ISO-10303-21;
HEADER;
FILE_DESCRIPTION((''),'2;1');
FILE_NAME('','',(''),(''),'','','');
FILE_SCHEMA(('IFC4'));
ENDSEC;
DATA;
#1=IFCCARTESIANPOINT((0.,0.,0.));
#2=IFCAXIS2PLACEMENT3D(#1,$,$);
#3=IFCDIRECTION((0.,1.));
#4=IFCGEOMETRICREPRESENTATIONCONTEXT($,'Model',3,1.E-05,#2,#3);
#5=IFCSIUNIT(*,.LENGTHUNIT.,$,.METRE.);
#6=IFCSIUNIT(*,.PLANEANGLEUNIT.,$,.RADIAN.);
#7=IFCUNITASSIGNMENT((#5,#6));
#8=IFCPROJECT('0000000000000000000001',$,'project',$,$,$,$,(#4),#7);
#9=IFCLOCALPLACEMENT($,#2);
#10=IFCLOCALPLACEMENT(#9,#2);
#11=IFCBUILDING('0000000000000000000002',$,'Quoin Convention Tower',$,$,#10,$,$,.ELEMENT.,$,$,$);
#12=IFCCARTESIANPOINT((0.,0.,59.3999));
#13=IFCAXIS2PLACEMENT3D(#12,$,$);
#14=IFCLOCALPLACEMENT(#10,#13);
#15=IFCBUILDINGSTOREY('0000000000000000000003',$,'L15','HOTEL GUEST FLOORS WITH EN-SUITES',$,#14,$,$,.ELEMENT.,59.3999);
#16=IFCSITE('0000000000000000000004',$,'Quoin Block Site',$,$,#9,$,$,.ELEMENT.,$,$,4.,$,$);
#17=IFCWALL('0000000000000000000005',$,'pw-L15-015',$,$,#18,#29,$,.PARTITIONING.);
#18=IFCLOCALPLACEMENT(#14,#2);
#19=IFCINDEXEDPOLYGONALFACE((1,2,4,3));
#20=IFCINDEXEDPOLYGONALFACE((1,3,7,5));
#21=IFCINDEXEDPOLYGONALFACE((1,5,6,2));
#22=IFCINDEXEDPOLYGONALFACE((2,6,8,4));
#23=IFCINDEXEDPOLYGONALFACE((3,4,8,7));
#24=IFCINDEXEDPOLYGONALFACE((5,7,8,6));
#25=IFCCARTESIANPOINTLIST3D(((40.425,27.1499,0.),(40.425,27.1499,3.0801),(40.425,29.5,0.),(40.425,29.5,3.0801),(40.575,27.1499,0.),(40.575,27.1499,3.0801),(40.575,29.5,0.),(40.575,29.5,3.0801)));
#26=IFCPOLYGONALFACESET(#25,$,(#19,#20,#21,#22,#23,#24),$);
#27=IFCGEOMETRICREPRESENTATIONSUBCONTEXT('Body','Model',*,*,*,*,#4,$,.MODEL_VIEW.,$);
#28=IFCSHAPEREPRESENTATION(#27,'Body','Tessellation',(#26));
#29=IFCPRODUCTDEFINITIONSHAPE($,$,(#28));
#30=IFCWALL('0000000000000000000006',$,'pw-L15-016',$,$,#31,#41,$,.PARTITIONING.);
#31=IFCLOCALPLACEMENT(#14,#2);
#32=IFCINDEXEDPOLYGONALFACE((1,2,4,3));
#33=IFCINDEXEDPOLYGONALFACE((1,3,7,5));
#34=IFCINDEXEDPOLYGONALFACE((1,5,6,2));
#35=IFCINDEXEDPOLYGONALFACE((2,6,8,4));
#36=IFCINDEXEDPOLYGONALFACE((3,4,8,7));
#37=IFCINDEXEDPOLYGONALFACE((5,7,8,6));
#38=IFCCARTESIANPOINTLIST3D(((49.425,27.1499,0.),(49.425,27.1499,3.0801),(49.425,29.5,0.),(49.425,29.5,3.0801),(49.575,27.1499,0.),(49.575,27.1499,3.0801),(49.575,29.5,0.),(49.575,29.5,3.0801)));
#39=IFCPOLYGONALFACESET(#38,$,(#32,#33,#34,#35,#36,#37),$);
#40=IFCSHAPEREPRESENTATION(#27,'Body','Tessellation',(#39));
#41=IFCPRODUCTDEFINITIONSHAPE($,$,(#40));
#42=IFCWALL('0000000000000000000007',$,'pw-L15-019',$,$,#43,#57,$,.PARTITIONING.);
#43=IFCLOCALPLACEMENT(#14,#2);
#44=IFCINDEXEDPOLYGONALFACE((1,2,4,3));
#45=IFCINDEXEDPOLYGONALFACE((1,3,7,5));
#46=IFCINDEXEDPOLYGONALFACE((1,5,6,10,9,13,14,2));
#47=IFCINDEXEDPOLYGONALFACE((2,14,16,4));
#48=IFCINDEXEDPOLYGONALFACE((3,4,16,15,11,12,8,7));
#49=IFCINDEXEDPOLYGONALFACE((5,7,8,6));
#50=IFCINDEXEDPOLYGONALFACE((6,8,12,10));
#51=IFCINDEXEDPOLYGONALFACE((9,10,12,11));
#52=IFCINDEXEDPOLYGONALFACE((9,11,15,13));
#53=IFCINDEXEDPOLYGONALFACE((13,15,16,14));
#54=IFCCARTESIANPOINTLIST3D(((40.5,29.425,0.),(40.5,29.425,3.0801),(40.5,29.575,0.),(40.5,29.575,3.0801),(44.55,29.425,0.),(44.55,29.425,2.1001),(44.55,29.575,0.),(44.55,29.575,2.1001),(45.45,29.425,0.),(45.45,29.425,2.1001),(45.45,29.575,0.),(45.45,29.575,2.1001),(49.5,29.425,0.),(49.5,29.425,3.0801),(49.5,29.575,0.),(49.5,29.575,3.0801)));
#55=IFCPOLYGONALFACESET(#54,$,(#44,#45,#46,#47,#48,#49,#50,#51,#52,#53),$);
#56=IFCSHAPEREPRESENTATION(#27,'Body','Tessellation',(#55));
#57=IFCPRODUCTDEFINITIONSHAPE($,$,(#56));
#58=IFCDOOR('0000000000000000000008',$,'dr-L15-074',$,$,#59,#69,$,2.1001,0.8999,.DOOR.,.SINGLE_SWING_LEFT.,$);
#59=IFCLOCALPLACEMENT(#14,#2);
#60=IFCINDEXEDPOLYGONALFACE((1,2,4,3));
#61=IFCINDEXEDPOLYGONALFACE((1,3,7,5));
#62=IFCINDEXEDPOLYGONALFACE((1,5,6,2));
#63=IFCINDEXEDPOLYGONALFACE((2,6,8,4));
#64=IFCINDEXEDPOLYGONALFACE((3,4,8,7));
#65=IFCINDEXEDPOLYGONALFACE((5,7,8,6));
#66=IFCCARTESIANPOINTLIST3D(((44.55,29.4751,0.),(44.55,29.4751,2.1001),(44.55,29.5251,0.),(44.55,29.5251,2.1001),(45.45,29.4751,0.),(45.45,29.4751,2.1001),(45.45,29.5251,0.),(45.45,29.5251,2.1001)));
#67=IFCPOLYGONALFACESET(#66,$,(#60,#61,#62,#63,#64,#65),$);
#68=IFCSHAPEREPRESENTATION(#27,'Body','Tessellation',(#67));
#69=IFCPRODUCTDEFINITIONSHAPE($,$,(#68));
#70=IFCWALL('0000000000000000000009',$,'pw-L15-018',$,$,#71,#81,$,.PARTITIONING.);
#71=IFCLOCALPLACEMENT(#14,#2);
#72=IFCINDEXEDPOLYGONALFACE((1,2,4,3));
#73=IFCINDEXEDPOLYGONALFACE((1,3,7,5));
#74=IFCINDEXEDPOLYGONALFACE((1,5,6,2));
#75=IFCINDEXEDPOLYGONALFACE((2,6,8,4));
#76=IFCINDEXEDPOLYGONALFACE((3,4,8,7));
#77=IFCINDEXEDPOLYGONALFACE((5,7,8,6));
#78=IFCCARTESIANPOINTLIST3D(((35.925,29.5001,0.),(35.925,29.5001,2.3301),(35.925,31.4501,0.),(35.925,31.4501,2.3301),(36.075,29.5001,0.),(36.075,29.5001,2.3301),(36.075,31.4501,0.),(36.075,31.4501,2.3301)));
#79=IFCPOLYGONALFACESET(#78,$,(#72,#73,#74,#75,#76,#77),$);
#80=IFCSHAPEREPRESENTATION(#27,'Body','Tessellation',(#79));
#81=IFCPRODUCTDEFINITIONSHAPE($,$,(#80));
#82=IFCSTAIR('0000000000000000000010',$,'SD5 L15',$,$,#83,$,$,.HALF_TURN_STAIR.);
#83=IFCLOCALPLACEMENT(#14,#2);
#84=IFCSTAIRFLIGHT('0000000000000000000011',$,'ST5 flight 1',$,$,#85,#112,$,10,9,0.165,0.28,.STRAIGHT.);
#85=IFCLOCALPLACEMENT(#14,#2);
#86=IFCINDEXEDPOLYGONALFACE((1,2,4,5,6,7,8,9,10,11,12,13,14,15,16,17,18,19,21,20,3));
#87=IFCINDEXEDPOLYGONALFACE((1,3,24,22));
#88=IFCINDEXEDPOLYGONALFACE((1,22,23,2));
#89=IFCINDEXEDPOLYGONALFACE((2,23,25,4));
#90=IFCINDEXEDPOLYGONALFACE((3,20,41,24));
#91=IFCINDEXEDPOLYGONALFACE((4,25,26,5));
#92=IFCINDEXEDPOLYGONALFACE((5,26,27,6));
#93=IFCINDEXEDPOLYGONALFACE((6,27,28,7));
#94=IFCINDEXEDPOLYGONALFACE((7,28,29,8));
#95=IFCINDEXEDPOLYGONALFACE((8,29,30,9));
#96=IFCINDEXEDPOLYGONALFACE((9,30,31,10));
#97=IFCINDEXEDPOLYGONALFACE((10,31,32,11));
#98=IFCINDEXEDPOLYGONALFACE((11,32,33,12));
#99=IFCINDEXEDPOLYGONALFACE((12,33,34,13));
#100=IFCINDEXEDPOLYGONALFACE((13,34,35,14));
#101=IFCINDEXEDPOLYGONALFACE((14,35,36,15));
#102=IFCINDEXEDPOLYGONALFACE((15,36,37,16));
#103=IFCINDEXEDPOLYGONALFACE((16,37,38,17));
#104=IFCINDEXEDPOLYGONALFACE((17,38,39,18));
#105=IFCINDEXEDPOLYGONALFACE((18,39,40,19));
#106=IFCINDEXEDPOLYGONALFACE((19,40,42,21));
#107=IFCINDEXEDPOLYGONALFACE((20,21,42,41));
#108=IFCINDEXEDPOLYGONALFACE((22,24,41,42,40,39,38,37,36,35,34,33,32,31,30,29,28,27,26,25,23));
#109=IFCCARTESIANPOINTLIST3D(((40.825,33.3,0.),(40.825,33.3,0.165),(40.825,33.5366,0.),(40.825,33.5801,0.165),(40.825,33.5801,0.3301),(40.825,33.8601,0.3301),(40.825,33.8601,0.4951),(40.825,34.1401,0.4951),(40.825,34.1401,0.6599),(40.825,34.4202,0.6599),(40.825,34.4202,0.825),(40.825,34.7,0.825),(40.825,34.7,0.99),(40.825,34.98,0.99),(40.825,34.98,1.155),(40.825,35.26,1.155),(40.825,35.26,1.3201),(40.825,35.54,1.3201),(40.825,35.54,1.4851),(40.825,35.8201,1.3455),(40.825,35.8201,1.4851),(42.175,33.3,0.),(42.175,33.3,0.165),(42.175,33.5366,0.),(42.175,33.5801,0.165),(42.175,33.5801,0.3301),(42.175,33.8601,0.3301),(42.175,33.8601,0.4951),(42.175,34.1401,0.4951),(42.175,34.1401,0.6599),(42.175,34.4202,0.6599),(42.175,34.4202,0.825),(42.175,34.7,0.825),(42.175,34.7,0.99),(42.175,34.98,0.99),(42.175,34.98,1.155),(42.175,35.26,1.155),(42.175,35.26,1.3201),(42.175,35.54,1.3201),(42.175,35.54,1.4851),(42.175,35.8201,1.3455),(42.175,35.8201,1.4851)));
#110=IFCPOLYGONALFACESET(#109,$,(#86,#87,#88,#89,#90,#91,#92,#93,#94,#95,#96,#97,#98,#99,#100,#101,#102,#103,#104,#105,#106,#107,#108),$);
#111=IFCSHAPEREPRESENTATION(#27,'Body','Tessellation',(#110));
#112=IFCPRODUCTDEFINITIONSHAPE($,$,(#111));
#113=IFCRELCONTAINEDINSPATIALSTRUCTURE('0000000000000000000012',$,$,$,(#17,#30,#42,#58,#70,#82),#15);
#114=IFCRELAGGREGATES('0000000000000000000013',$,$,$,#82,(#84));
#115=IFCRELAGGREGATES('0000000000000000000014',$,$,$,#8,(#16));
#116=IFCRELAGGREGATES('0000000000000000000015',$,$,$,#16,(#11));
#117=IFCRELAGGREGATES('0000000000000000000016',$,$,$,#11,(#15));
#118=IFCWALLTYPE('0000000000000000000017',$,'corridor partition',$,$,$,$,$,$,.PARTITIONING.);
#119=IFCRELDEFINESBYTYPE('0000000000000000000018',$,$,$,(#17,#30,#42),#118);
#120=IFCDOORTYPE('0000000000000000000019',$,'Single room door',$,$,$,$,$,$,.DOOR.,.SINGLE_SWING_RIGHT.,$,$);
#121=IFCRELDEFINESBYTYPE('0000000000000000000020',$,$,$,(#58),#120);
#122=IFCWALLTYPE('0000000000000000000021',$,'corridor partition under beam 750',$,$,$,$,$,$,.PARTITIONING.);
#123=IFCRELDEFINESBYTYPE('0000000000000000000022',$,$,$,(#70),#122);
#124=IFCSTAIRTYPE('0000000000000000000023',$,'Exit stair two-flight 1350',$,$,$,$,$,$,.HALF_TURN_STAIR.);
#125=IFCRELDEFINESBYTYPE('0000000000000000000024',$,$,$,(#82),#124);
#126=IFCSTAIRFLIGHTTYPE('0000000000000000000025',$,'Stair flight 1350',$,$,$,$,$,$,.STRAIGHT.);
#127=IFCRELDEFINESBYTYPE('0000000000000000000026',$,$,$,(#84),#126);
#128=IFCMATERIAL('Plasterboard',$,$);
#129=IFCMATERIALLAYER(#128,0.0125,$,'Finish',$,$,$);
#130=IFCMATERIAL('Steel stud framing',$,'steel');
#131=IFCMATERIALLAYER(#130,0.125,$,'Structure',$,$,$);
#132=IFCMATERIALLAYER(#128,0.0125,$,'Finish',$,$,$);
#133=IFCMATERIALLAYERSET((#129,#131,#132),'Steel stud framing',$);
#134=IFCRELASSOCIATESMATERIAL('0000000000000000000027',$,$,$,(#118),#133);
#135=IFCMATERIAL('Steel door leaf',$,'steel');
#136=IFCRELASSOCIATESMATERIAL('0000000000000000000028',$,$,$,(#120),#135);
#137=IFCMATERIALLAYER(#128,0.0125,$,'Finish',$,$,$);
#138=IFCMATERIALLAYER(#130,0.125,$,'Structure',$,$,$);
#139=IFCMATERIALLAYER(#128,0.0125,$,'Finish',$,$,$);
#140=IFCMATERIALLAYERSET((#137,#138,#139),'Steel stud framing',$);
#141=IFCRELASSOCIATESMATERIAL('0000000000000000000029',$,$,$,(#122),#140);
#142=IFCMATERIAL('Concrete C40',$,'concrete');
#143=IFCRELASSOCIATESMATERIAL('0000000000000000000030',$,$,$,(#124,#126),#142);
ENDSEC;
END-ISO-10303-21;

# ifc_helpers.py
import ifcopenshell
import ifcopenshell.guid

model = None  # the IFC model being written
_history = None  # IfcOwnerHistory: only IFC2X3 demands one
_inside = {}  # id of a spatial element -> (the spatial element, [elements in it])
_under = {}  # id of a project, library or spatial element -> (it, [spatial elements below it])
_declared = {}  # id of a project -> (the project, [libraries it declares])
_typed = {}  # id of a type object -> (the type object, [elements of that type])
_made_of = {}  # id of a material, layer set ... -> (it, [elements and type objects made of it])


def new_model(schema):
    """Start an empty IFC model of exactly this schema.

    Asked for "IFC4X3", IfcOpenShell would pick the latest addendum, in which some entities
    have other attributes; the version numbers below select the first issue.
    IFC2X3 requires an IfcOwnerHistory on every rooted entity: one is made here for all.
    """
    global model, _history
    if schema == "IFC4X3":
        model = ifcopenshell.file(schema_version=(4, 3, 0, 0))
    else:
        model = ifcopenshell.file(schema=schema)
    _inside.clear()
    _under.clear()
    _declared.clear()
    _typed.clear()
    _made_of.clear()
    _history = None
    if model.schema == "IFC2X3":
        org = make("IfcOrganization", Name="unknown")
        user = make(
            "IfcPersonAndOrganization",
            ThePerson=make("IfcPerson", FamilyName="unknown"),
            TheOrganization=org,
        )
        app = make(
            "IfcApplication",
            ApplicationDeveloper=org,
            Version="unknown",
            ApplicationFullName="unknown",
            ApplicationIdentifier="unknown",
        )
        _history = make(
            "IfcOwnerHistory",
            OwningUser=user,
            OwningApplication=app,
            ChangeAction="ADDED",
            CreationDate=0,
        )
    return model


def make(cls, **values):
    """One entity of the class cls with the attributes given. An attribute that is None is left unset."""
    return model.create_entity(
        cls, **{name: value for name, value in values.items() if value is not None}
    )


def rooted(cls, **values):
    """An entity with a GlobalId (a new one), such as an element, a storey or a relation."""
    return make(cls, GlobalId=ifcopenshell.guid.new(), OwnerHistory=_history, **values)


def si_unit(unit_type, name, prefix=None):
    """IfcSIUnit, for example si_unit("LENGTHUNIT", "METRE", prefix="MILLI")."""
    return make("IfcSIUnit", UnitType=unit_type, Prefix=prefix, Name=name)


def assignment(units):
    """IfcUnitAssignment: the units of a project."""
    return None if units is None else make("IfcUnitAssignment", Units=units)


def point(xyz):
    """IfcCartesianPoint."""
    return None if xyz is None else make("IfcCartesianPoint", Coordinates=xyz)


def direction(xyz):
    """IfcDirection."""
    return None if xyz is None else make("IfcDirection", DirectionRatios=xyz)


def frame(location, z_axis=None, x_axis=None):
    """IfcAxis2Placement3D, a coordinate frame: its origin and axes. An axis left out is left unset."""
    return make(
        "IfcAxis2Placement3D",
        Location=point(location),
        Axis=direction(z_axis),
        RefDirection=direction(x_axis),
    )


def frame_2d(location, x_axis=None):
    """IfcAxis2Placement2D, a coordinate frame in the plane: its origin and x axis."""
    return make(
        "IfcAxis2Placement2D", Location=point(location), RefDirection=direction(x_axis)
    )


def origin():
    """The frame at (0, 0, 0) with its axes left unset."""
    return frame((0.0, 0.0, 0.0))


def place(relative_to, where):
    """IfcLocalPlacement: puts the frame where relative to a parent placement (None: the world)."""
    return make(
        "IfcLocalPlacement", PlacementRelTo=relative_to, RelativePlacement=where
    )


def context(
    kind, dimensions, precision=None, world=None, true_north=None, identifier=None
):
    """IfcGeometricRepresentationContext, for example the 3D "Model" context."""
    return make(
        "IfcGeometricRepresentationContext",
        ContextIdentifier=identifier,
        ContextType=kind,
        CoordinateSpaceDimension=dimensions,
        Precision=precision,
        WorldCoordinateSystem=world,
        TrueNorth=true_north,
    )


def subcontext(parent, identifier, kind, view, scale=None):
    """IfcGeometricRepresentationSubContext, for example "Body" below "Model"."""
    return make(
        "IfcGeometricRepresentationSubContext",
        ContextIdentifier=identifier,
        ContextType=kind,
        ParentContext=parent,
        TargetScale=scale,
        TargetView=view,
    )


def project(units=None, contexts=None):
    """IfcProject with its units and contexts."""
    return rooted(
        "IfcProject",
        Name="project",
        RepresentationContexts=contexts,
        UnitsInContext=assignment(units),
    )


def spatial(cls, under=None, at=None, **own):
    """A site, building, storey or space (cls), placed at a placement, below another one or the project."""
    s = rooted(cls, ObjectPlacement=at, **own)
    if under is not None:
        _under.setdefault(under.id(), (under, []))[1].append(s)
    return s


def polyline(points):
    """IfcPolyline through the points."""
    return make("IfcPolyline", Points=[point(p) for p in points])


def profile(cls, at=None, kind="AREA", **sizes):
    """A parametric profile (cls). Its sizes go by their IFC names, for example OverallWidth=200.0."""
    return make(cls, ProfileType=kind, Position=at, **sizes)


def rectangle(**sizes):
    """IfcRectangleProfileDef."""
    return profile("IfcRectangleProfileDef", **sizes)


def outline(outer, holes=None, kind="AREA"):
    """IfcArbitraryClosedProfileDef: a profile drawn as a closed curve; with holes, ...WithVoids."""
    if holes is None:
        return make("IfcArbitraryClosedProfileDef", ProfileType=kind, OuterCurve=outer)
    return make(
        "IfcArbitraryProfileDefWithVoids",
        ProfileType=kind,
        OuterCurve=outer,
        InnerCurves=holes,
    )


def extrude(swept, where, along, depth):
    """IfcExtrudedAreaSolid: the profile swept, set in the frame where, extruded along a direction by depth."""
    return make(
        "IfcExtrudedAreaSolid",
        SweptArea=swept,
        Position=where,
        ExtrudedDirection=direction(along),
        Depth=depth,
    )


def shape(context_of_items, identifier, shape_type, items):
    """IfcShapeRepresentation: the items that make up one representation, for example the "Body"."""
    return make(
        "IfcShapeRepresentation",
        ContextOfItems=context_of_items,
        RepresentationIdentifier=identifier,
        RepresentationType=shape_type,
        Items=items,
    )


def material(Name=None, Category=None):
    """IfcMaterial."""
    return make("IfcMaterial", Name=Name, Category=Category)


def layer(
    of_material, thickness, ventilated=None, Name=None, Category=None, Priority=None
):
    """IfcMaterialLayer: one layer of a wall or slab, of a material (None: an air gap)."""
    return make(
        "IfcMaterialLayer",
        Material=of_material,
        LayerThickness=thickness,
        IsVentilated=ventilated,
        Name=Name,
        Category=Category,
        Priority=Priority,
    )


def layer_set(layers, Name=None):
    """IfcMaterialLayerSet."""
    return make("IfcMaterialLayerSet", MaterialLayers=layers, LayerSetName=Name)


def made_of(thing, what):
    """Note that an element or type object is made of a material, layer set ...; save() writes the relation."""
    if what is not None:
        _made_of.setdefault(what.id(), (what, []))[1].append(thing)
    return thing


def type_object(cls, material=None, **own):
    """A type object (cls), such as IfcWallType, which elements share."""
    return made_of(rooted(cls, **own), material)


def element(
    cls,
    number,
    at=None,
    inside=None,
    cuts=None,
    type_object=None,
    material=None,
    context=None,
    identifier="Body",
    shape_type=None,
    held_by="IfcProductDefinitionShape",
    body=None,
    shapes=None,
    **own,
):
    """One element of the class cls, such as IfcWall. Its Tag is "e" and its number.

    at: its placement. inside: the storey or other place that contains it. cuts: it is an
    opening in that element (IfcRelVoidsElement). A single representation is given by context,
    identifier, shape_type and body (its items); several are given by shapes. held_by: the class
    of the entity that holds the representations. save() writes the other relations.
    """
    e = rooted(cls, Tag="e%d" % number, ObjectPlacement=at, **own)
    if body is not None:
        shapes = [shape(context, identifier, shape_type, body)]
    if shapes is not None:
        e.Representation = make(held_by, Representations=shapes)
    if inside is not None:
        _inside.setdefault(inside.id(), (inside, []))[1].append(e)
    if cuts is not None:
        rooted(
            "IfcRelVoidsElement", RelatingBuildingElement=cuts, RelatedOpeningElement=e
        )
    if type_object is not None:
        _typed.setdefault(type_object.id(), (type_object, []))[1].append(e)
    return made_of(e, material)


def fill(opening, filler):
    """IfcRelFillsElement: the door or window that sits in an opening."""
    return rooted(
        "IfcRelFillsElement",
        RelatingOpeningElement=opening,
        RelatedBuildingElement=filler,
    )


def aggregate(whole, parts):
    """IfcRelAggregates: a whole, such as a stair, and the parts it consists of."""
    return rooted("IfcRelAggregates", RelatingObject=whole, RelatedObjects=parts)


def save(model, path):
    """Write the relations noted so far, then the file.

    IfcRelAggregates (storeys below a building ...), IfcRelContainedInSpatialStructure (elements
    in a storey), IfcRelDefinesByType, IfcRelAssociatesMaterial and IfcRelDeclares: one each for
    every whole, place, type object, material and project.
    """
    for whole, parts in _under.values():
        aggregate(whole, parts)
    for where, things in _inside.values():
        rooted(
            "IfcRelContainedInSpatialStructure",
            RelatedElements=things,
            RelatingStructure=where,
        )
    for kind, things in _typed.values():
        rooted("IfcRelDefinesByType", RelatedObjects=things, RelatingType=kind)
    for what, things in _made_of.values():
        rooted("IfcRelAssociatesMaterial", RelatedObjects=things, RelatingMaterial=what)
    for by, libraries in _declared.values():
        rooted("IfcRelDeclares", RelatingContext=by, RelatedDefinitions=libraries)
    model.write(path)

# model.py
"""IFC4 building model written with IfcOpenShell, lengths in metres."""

from ifc_helpers import new_model, si_unit, direction, frame, frame_2d, origin, place, context, subcontext, project, spatial, polyline, rectangle, outline, extrude, material, layer, layer_set, type_object, element, fill, aggregate, save


model = new_model("IFC4")

# Units and contexts
model_context = context("Model", 3, precision=1e-05, world=origin(), true_north=direction((0.0, 1.0)))
body_context = subcontext(model_context, "Body", "Model", "MODEL_VIEW")
ifc_project = project(units=[si_unit("LENGTHUNIT", "METRE"), si_unit("PLANEANGLEUNIT", "RADIAN")], contexts=[model_context])

# Site, building, storey
site_placement = place(None, origin())
site = spatial("IfcSite", under=ifc_project, at=site_placement, Name="Quoin Block Site", CompositionType="ELEMENT", RefElevation=4.0)
building_placement = place(site_placement, origin())
building = spatial("IfcBuilding", under=site, at=building_placement, Name="Quoin Convention Tower", CompositionType="ELEMENT")
storey_placement = place(building_placement, frame((0.0, 0.0, 59.3999)))
storey = spatial("IfcBuildingStorey", under=building, at=storey_placement, Name="L15", Description="HOTEL GUEST FLOORS WITH EN-SUITES", CompositionType="ELEMENT", Elevation=59.3999)

# Shared definitions
ifc_material_1 = material(Name="Steel door leaf", Category="steel")

# Shared definitions
ifc_material_2 = material(Name="Plasterboard")
ifc_layer_1 = layer(ifc_material_2, 0.0125, Name="Finish")
ifc_material_3 = material(Name="Steel stud framing", Category="steel")
ifc_layer_2 = layer(ifc_material_3, 0.125, Name="Structure")
ifc_layer_3 = layer(ifc_material_2, 0.0125, Name="Finish")
ifc_layer_set_1 = layer_set([ifc_layer_1, ifc_layer_2, ifc_layer_3], Name="Steel stud framing")
wall_type_1 = type_object("IfcWallType", Name="corridor partition", PredefinedType="PARTITIONING", material=ifc_layer_set_1)
door_type_1 = type_object("IfcDoorType", Name="Single room door", OperationType="SINGLE_SWING_RIGHT", PredefinedType="DOOR", material=ifc_material_1)

# Walls
for number, where, z_axis, x_axis, name in (
    (1, (40.5, 27.1499, 0.0), (0.0, 0.0, 1.0), (0.0, 1.0, 0.0), "pw-L15-015"),
    (2, (49.5, 27.1499, 0.0), (0.0, 0.0, 1.0), (0.0, 1.0, 0.0), "pw-L15-016"),
):
    element("IfcWall", number, at=place(storey_placement, frame(where, z_axis=z_axis, x_axis=x_axis)), inside=storey, type_object=wall_type_1, Name=name, PredefinedType="PARTITIONING", context=body_context, shape_type="SweptSolid", body=[
        extrude(rectangle(XDim=2.3501, YDim=0.1499, at=frame_2d((1.175, 0.0))), origin(), (0.0, 0.0, 1.0), 3.0801),
    ])

# Wall, opening, door
wall_1_placement = place(storey_placement, frame((40.5, 29.5, 0.0), z_axis=(0.0, 0.0, 1.0), x_axis=(1.0, 0.0, 0.0)))
wall_1 = element("IfcWall", 3, at=wall_1_placement, inside=storey, type_object=wall_type_1, Name="pw-L15-019", PredefinedType="PARTITIONING", context=body_context, shape_type="SweptSolid", body=[
    extrude(rectangle(XDim=9.0, YDim=0.1499, at=frame_2d((4.5, 0.0))), origin(), (0.0, 0.0, 1.0), 3.0801),
])
opening_1_placement = place(wall_1_placement, frame((4.05, 0.0, 0.0)))
opening_1 = element("IfcOpeningElement", 4, at=opening_1_placement, cuts=wall_1, PredefinedType="OPENING", context=body_context, shape_type="SweptSolid", body=[
    extrude(rectangle(XDim=0.8999, YDim=2.1001, at=frame_2d((0.45, 1.05))), frame((0.0, 0.085, 0.0), z_axis=(0.0, -1.0, 0.0), x_axis=(1.0, 0.0, 0.0)), (0.0, 0.0, 1.0), 0.1699),
])
door_1_placement = place(opening_1_placement, frame((0.8999, 0.0, 0.0), z_axis=(0.0, 0.0, 1.0), x_axis=(-1.0, 0.0, 0.0)))
door_1 = element("IfcDoor", 5, at=door_1_placement, inside=storey, type_object=door_type_1, Name="dr-L15-074", OperationType="SINGLE_SWING_LEFT", OverallHeight=2.1001, OverallWidth=0.8999, PredefinedType="DOOR", context=body_context, shape_type="SweptSolid", body=[
    extrude(rectangle(XDim=0.8999, YDim=2.1001, at=frame_2d((0.45, 1.05))), frame((0.0, 0.0249, 0.0), z_axis=(0.0, -1.0, 0.0), x_axis=(1.0, 0.0, 0.0)), (0.0, 0.0, 1.0), 0.05),
])
fill(opening_1, door_1)

# Wall
ifc_layer_4 = layer(ifc_material_2, 0.0125, Name="Finish")
ifc_layer_5 = layer(ifc_material_3, 0.125, Name="Structure")
ifc_layer_6 = layer(ifc_material_2, 0.0125, Name="Finish")
ifc_layer_set_2 = layer_set([ifc_layer_4, ifc_layer_5, ifc_layer_6], Name="Steel stud framing")
wall_type_2 = type_object("IfcWallType", Name="corridor partition under beam 750", PredefinedType="PARTITIONING", material=ifc_layer_set_2)
wall_2_placement = place(storey_placement, frame((36.0, 29.5, 0.0), z_axis=(0.0, 0.0, 1.0), x_axis=(0.0, 1.0, 0.0)))
element("IfcWall", 6, at=wall_2_placement, inside=storey, type_object=wall_type_2, Name="pw-L15-018", PredefinedType="PARTITIONING", context=body_context, shape_type="SweptSolid", body=[
    extrude(rectangle(XDim=1.95, YDim=0.1499, at=frame_2d((0.9751, 0.0))), origin(), (0.0, 0.0, 1.0), 2.3301),
])

# Stair, stair flight
ifc_material_4 = material(Name="Concrete C40", Category="concrete")
stair_type = type_object("IfcStairType", Name="Exit stair two-flight 1350", PredefinedType="HALF_TURN_STAIR", material=ifc_material_4)
stair_placement = place(storey_placement, origin())
stair = element("IfcStair", 7, at=stair_placement, inside=storey, type_object=stair_type, Name="SD5 L15", PredefinedType="HALF_TURN_STAIR")
stair_flight_type = type_object("IfcStairFlightType", Name="Stair flight 1350", PredefinedType="STRAIGHT", material=ifc_material_4)
stair_flight_placement = place(storey_placement, frame((41.5, 33.3, 0.0), z_axis=(0.0, 0.0, 1.0), x_axis=(0.0, 1.0, 0.0)))
stair_flight = element("IfcStairFlight", 8, at=stair_flight_placement, type_object=stair_flight_type, Name="ST5 flight 1", NumberOfRisers=10, NumberOfTreads=9, PredefinedType="STRAIGHT", RiserHeight=0.165, TreadLength=0.28, context=body_context, shape_type="SweptSolid", body=[
    extrude(outline(polyline([(0.0, 0.0), (0.0, 0.165), (0.28, 0.165), (0.28, 0.3301), (0.5601, 0.3301), (0.5601, 0.4951), (0.8401, 0.4951), (0.8401, 0.6599), (1.1201, 0.6599), (1.1201, 0.825), (1.3999, 0.825), (1.3999, 0.99), (1.6799, 0.99), (1.6799, 1.155), (1.96, 1.155), (1.96, 1.3201), (2.24, 1.3201), (2.24, 1.4851), (2.52, 1.4851), (2.52, 1.6499), (2.52, 1.3455), (0.2366, 0.0), (0.0, 0.0)])), frame((0.0, 0.675, 0.0), z_axis=(0.0, -1.0, 0.0), x_axis=(1.0, 0.0, 0.0)), (0.0, 0.0, 1.0), 1.3501),
])
aggregate(stair, [stair_flight])

save(model, "model.ifc")
